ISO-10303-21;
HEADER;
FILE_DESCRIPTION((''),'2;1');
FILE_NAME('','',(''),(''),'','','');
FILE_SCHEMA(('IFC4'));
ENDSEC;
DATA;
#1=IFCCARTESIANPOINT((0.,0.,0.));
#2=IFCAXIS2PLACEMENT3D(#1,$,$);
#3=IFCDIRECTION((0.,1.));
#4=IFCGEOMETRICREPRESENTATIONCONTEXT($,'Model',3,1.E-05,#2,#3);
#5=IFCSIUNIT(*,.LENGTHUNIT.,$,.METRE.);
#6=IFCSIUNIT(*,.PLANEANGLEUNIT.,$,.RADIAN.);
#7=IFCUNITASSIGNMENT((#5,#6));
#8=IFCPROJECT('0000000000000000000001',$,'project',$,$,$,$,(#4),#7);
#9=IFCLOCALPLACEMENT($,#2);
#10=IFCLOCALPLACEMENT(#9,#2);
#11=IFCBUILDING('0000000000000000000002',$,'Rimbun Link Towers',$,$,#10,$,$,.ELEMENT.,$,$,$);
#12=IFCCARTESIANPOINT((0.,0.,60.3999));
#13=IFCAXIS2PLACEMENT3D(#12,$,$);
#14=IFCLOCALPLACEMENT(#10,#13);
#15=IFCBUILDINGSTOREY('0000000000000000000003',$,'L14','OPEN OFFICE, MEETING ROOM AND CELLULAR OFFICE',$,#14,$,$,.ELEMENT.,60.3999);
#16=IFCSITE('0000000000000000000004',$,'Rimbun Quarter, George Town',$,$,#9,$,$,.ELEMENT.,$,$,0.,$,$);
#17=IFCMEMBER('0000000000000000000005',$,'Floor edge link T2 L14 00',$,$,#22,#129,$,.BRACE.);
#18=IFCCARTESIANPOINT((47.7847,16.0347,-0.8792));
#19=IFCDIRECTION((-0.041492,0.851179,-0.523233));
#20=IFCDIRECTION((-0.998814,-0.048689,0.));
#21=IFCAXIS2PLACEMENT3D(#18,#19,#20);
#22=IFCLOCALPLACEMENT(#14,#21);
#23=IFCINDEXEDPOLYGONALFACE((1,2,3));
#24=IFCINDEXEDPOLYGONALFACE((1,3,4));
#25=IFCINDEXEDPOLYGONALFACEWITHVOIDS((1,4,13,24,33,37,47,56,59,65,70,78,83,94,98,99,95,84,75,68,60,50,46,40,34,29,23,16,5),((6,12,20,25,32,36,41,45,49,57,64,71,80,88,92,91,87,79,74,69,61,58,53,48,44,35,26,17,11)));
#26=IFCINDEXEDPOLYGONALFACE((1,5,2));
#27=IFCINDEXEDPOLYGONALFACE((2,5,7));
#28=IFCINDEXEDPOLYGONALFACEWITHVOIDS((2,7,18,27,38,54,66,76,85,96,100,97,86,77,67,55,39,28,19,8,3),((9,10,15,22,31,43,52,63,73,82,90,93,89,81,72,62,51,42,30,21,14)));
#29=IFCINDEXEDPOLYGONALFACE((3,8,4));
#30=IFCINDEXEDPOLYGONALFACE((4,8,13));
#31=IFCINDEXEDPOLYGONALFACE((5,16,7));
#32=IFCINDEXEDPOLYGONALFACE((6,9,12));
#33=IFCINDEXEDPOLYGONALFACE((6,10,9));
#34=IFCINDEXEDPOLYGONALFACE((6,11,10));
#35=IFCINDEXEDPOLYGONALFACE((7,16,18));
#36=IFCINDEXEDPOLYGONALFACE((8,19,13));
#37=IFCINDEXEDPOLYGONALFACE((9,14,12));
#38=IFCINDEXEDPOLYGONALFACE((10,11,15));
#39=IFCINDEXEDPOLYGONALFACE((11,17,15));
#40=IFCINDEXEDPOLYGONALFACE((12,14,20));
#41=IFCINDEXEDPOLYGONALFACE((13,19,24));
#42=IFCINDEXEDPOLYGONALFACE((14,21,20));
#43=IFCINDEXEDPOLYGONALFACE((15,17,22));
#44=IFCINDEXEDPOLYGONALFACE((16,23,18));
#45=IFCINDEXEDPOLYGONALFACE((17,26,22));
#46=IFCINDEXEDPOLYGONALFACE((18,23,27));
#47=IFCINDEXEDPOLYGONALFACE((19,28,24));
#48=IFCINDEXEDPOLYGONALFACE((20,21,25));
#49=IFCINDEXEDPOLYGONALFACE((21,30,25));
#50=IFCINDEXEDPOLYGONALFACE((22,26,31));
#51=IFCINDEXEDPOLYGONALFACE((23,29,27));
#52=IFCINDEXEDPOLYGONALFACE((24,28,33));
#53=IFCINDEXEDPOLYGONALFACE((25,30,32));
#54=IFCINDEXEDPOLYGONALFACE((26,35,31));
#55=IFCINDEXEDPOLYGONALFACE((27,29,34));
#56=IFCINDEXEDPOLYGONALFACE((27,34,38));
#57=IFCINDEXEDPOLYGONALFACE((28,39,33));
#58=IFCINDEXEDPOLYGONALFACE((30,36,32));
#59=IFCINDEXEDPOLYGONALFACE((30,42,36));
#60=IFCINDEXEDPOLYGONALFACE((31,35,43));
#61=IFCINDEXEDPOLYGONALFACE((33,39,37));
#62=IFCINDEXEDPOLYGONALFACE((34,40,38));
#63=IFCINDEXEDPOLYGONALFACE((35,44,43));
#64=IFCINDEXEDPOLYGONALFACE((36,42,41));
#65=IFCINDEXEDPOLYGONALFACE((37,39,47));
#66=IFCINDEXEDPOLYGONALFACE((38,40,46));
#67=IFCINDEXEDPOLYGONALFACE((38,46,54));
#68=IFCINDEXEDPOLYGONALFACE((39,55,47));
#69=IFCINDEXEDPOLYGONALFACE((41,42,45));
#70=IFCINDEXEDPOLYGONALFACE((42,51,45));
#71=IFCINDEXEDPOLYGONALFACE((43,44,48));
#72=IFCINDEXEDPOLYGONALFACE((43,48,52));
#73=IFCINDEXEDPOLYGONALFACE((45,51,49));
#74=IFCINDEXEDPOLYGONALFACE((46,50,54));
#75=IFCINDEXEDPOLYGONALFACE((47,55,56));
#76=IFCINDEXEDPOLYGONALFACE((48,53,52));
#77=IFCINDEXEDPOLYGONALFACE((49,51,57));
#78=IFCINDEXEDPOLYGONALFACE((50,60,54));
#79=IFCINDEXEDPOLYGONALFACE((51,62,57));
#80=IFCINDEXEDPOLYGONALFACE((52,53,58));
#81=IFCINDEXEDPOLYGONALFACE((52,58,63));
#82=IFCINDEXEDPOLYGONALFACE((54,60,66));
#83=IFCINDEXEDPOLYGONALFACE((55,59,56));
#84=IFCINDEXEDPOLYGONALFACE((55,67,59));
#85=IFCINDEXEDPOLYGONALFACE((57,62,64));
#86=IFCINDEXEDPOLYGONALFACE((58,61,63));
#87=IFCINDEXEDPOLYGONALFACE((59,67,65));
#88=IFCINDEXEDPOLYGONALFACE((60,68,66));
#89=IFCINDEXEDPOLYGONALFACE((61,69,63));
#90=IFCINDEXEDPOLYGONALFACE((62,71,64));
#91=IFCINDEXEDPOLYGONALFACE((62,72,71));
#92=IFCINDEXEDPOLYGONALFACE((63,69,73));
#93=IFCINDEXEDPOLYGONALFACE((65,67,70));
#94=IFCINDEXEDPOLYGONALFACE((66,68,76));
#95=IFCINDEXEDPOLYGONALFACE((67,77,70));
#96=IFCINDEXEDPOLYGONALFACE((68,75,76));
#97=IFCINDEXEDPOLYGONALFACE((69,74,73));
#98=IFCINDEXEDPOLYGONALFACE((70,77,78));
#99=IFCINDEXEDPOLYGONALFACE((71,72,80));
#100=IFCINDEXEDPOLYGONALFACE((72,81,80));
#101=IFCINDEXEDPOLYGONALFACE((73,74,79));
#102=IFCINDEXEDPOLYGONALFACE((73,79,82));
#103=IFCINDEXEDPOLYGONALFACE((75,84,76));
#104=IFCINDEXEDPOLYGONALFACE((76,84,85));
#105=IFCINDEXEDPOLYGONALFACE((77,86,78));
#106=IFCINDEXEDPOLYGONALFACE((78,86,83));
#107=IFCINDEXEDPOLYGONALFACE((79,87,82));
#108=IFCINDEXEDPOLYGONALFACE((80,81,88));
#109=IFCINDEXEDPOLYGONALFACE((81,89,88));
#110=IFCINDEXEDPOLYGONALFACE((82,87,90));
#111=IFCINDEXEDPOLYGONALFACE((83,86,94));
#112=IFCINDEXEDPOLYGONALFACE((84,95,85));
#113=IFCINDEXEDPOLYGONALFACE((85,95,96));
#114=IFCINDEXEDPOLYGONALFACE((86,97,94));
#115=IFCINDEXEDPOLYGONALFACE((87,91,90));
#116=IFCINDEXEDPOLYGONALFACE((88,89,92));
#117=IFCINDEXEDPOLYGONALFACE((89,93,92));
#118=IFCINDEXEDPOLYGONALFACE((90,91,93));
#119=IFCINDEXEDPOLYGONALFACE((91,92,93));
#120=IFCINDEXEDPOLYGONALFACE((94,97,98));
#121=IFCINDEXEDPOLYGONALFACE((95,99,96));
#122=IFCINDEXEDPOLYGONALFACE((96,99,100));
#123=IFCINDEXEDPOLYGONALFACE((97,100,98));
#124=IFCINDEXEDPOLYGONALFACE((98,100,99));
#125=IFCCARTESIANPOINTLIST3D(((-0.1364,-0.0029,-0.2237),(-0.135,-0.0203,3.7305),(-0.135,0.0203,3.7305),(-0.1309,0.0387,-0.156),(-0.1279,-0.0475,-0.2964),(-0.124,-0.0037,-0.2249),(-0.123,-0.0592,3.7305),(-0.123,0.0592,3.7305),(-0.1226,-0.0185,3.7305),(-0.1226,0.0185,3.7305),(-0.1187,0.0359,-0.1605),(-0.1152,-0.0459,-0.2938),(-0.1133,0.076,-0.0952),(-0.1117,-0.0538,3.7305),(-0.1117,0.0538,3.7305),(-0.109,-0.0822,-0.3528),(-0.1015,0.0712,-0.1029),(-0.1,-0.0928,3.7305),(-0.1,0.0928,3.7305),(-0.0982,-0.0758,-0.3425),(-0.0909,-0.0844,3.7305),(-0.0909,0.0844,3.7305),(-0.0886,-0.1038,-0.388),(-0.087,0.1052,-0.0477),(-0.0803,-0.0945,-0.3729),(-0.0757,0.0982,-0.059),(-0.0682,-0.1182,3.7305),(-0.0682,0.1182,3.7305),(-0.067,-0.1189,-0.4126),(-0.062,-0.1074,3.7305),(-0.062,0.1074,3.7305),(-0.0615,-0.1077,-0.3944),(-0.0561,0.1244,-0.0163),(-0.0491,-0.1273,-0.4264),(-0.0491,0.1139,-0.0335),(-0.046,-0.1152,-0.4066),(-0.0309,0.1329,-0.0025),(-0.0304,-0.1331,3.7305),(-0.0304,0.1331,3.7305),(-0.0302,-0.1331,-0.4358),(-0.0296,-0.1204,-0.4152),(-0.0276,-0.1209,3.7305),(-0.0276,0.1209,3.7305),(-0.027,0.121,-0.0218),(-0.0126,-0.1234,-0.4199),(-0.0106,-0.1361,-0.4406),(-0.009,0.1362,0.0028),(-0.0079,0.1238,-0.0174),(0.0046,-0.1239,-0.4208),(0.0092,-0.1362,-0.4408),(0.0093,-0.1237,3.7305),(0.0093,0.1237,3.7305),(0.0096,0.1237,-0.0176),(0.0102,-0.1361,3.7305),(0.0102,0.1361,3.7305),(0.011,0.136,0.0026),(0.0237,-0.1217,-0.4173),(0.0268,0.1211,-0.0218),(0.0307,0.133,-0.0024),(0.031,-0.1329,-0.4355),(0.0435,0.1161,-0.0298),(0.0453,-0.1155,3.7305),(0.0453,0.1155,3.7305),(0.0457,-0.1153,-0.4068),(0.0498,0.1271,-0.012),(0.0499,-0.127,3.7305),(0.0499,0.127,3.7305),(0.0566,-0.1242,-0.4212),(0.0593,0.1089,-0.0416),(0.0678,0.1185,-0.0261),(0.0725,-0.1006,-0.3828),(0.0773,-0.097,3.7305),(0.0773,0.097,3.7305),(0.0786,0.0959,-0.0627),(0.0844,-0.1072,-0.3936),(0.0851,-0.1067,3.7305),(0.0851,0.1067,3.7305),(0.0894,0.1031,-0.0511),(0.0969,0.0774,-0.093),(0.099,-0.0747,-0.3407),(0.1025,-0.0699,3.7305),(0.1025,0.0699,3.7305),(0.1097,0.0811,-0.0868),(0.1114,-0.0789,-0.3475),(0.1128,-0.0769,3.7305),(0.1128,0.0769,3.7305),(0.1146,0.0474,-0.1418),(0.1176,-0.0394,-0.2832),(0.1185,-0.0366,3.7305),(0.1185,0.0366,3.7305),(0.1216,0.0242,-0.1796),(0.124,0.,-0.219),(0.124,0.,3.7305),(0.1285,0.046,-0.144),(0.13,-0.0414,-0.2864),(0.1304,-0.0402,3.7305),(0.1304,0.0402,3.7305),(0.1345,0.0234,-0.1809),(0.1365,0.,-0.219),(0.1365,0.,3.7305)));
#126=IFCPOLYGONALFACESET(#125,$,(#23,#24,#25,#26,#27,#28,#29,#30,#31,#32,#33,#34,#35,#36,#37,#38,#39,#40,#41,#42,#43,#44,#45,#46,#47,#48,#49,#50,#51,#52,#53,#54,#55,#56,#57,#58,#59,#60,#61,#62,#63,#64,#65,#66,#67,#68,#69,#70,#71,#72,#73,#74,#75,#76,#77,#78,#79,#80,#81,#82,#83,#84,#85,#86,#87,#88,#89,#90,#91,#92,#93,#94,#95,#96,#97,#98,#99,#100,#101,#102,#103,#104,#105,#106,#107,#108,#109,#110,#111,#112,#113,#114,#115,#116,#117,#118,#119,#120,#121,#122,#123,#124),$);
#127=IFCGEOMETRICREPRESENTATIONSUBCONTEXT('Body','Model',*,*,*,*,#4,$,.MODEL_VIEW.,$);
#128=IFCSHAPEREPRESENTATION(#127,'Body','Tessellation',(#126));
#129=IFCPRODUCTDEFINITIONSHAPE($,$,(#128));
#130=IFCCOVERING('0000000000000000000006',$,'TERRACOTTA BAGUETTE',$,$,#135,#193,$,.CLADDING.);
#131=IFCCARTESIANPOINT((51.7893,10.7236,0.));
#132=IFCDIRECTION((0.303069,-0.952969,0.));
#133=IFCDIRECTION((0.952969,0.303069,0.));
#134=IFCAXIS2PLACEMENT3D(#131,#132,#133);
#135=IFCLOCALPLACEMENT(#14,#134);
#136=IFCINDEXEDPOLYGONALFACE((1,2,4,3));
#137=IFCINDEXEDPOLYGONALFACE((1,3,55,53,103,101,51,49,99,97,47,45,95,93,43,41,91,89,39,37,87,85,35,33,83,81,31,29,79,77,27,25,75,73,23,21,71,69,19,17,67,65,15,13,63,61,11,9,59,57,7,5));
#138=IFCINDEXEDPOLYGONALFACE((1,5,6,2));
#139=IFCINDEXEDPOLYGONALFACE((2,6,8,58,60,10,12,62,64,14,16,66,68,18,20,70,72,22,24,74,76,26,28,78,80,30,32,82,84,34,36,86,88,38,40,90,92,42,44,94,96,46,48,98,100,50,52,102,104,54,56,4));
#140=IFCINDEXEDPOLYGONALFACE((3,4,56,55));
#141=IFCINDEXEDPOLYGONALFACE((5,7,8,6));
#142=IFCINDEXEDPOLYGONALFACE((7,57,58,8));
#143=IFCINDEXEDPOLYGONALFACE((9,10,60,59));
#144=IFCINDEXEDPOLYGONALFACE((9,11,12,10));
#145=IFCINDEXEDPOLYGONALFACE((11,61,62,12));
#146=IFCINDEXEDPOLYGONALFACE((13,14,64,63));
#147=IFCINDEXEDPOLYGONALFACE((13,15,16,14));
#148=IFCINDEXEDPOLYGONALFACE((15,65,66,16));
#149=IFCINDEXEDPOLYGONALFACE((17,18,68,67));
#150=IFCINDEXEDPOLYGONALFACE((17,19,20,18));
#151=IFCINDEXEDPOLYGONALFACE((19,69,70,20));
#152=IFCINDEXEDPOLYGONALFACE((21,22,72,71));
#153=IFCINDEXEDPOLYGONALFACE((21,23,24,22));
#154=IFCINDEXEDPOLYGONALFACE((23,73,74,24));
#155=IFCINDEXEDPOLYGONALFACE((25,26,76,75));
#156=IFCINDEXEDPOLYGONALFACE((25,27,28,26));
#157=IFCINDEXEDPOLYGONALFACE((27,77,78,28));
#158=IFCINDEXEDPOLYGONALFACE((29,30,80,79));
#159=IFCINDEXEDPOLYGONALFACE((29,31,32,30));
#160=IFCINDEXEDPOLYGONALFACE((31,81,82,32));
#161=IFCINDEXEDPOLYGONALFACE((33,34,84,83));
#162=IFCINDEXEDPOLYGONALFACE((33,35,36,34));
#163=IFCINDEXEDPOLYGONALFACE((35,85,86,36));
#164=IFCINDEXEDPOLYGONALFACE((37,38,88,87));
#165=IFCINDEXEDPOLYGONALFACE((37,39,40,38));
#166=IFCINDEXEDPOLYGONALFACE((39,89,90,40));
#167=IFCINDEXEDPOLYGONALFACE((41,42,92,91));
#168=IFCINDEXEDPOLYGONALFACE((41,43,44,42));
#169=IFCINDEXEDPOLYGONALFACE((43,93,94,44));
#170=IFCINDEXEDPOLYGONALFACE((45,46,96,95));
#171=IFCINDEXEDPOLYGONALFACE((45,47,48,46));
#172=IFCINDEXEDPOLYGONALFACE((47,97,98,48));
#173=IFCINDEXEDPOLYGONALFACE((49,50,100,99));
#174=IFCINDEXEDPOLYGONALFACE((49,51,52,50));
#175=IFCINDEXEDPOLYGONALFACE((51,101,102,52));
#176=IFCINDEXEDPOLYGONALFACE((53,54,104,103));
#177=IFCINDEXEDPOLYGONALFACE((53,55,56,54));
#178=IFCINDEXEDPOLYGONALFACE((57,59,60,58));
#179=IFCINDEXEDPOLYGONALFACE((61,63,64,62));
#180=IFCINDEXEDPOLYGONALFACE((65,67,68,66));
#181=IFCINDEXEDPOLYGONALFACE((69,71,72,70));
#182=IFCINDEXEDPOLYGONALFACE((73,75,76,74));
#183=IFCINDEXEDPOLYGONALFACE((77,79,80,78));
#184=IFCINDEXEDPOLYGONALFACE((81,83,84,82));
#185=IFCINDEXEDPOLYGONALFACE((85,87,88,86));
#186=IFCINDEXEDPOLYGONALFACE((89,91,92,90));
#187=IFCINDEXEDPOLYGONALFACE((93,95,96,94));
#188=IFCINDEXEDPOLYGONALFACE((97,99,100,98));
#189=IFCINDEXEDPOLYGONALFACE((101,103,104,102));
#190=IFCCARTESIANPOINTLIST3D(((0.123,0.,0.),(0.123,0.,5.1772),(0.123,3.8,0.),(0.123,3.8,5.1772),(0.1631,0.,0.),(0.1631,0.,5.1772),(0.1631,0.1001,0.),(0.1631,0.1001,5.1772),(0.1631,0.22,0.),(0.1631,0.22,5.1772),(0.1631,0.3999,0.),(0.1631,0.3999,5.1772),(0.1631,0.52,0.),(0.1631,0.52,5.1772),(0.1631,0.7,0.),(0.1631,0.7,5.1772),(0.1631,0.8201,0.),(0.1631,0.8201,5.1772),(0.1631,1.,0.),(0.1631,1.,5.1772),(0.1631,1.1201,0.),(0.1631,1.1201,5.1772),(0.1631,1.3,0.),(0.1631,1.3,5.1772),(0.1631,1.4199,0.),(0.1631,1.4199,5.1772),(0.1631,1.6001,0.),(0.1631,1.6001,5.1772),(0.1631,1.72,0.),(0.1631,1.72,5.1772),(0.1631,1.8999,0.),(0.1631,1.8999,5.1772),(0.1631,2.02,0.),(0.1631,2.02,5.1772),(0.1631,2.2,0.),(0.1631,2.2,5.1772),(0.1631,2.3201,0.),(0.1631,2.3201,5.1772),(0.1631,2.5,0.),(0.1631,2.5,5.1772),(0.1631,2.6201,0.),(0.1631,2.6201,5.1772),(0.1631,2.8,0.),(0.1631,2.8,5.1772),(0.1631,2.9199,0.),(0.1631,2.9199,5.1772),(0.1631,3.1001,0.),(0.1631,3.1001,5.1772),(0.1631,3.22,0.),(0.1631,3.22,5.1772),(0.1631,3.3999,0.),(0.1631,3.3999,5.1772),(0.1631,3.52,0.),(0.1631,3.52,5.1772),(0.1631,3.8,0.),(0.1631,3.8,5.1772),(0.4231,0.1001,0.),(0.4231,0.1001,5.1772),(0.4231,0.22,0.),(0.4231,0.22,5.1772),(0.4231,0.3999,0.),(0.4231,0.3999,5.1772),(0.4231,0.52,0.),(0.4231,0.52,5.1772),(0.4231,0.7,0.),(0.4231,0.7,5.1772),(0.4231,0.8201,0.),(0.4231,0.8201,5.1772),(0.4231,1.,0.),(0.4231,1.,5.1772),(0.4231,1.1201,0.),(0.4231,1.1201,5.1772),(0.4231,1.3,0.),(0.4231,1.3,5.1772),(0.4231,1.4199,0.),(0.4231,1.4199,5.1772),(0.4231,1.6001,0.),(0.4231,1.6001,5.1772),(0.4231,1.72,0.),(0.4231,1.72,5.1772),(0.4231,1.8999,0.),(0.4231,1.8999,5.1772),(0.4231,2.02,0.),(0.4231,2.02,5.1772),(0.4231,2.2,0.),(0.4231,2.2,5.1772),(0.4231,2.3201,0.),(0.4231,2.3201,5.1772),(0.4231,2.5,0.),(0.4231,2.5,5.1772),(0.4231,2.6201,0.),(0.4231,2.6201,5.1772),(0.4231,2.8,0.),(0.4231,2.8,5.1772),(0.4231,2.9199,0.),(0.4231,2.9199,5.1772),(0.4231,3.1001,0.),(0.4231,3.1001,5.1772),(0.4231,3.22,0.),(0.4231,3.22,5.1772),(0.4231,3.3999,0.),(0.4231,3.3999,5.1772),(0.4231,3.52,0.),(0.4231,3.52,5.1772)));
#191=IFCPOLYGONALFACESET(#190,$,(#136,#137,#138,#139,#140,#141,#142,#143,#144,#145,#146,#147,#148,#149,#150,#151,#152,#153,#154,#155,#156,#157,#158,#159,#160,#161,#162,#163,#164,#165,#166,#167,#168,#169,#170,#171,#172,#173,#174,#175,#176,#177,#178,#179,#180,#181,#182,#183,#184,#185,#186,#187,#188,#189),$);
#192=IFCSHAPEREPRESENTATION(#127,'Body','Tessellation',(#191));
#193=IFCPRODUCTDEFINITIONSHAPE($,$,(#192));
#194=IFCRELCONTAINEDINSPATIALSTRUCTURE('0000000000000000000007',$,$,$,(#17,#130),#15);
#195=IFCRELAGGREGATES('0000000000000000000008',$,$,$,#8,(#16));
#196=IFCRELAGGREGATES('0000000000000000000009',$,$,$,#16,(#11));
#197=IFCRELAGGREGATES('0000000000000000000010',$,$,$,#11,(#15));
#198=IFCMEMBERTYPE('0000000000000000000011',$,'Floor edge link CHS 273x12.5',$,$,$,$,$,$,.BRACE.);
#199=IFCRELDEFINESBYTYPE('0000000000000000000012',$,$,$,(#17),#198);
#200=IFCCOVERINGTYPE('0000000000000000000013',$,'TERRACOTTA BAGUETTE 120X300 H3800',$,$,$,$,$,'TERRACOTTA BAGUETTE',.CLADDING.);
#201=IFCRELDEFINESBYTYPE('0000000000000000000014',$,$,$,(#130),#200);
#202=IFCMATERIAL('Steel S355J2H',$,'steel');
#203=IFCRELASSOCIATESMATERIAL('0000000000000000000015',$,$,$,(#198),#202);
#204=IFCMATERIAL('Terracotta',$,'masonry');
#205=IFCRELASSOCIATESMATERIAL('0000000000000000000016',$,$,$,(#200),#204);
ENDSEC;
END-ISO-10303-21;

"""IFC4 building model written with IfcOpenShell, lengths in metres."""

from ifc_helpers import new_model, si_unit, direction, frame, origin, origin_2d, place, context, subcontext, project, spatial, polyline, hollow_circle, outline, extrude, clip, halfspace, material, material_profile, profile_set, type_object, element, save


model = new_model("IFC4")

# Units and contexts
model_context = context("Model", 3, precision=1e-05, world=origin(), true_north=direction((0.0, 1.0)))
body_context = subcontext(model_context, "Body", "Model", "MODEL_VIEW")
ifc_project = project(units=[si_unit("LENGTHUNIT", "METRE"), si_unit("PLANEANGLEUNIT", "RADIAN")], contexts=[model_context])

# Site, building, storey
site_placement = place(None, origin())
site = spatial("IfcSite", under=ifc_project, at=site_placement, Name="Rimbun Quarter, George Town", CompositionType="ELEMENT", RefElevation=0.0)
building_placement = place(site_placement, origin())
building = spatial("IfcBuilding", under=site, at=building_placement, Name="Rimbun Link Towers", CompositionType="ELEMENT")
storey_placement = place(building_placement, frame((0.0, 0.0, 60.3999)))
storey = spatial("IfcBuildingStorey", under=building, at=storey_placement, Name="L14", Description="OPEN OFFICE, MEETING ROOM AND CELLULAR OFFICE", CompositionType="ELEMENT", Elevation=60.3999)

# Member
ifc_material_1 = material(Name="Steel S355J2H", Category="steel")
ifc_material_profile_1 = material_profile(ifc_material_1, hollow_circle(Radius=0.1365, WallThickness=0.0125, at=origin_2d()), Name="CHS 273x12.5")
ifc_profile_set_1 = profile_set([ifc_material_profile_1], Name="Steel S355J2H")
member_type_1 = type_object("IfcMemberType", Name="Floor edge link CHS 273x12.5", PredefinedType="BRACE", material=ifc_profile_set_1)
member_1_placement = place(storey_placement, frame((47.7847, 16.0347, -0.8792), z_axis=(-0.041492, 0.851179, -0.523233), x_axis=(-0.998814, -0.048689, 0.0)))
element("IfcMember", 1, at=member_1_placement, inside=storey, type_object=member_type_1, Name="Floor edge link T2 L14 00", PredefinedType="BRACE", context=body_context, shape_type="Clipping", body=[
    clip(extrude(hollow_circle(Radius=0.1365, WallThickness=0.0125, at=origin_2d()), frame((0.0, 0.0, -0.4639)), (0.0, 0.0, 1.0), 4.1943), halfspace(frame((0.0, 0.0, -0.219), z_axis=(0.0, 0.852189, -0.523233)), False)),
])

# Covering
ifc_material_2 = material(Name="Terracotta", Category="masonry")
ifc_material_profile_2 = material_profile(ifc_material_2, outline(polyline([(0.123, 0.0), (0.1631, 0.0), (0.1631, 0.1001), (0.4231, 0.1001), (0.4231, 0.22), (0.1631, 0.22), (0.1631, 0.3999), (0.4231, 0.3999), (0.4231, 0.52), (0.1631, 0.52), (0.1631, 0.7), (0.4231, 0.7), (0.4231, 0.8201), (0.1631, 0.8201), (0.1631, 1.0), (0.4231, 1.0), (0.4231, 1.1201), (0.1631, 1.1201), (0.1631, 1.3), (0.4231, 1.3), (0.4231, 1.4199), (0.1631, 1.4199), (0.1631, 1.6001), (0.4231, 1.6001), (0.4231, 1.72), (0.1631, 1.72), (0.1631, 1.8999), (0.4231, 1.8999), (0.4231, 2.02), (0.1631, 2.02), (0.1631, 2.2), (0.4231, 2.2), (0.4231, 2.3201), (0.1631, 2.3201), (0.1631, 2.5), (0.4231, 2.5), (0.4231, 2.6201), (0.1631, 2.6201), (0.1631, 2.8), (0.4231, 2.8), (0.4231, 2.9199), (0.1631, 2.9199), (0.1631, 3.1001), (0.4231, 3.1001), (0.4231, 3.22), (0.1631, 3.22), (0.1631, 3.3999), (0.4231, 3.3999), (0.4231, 3.52), (0.1631, 3.52), (0.1631, 3.8), (0.123, 3.8), (0.123, 0.0)])), Name="BAGUETTE 120X300")
ifc_profile_set_2 = profile_set([ifc_material_profile_2], Name="Terracotta")
covering_type = type_object("IfcCoveringType", Name="TERRACOTTA BAGUETTE 120X300 H3800", ElementType="TERRACOTTA BAGUETTE", PredefinedType="CLADDING", material=ifc_profile_set_2)
covering_1_placement = place(storey_placement, frame((51.7893, 10.7236, 0.0), z_axis=(0.303069, -0.952969, 0.0), x_axis=(0.952969, 0.303069, 0.0)))
element("IfcCovering", 2, at=covering_1_placement, inside=storey, type_object=covering_type, Name="TERRACOTTA BAGUETTE", PredefinedType="CLADDING", context=body_context, shape_type="SweptSolid", body=[
    extrude(outline(polyline([(0.123, 0.0), (0.1631, 0.0), (0.1631, 0.1001), (0.4231, 0.1001), (0.4231, 0.22), (0.1631, 0.22), (0.1631, 0.3999), (0.4231, 0.3999), (0.4231, 0.52), (0.1631, 0.52), (0.1631, 0.7), (0.4231, 0.7), (0.4231, 0.8201), (0.1631, 0.8201), (0.1631, 1.0), (0.4231, 1.0), (0.4231, 1.1201), (0.1631, 1.1201), (0.1631, 1.3), (0.4231, 1.3), (0.4231, 1.4199), (0.1631, 1.4199), (0.1631, 1.6001), (0.4231, 1.6001), (0.4231, 1.72), (0.1631, 1.72), (0.1631, 1.8999), (0.4231, 1.8999), (0.4231, 2.02), (0.1631, 2.02), (0.1631, 2.2), (0.4231, 2.2), (0.4231, 2.3201), (0.1631, 2.3201), (0.1631, 2.5), (0.4231, 2.5), (0.4231, 2.6201), (0.1631, 2.6201), (0.1631, 2.8), (0.4231, 2.8), (0.4231, 2.9199), (0.1631, 2.9199), (0.1631, 3.1001), (0.4231, 3.1001), (0.4231, 3.22), (0.1631, 3.22), (0.1631, 3.3999), (0.4231, 3.3999), (0.4231, 3.52), (0.1631, 3.52), (0.1631, 3.8), (0.123, 3.8), (0.123, 0.0)])), origin(), (0.0, 0.0, 1.0), 5.1772),
])

save(model, "model.ifc")
